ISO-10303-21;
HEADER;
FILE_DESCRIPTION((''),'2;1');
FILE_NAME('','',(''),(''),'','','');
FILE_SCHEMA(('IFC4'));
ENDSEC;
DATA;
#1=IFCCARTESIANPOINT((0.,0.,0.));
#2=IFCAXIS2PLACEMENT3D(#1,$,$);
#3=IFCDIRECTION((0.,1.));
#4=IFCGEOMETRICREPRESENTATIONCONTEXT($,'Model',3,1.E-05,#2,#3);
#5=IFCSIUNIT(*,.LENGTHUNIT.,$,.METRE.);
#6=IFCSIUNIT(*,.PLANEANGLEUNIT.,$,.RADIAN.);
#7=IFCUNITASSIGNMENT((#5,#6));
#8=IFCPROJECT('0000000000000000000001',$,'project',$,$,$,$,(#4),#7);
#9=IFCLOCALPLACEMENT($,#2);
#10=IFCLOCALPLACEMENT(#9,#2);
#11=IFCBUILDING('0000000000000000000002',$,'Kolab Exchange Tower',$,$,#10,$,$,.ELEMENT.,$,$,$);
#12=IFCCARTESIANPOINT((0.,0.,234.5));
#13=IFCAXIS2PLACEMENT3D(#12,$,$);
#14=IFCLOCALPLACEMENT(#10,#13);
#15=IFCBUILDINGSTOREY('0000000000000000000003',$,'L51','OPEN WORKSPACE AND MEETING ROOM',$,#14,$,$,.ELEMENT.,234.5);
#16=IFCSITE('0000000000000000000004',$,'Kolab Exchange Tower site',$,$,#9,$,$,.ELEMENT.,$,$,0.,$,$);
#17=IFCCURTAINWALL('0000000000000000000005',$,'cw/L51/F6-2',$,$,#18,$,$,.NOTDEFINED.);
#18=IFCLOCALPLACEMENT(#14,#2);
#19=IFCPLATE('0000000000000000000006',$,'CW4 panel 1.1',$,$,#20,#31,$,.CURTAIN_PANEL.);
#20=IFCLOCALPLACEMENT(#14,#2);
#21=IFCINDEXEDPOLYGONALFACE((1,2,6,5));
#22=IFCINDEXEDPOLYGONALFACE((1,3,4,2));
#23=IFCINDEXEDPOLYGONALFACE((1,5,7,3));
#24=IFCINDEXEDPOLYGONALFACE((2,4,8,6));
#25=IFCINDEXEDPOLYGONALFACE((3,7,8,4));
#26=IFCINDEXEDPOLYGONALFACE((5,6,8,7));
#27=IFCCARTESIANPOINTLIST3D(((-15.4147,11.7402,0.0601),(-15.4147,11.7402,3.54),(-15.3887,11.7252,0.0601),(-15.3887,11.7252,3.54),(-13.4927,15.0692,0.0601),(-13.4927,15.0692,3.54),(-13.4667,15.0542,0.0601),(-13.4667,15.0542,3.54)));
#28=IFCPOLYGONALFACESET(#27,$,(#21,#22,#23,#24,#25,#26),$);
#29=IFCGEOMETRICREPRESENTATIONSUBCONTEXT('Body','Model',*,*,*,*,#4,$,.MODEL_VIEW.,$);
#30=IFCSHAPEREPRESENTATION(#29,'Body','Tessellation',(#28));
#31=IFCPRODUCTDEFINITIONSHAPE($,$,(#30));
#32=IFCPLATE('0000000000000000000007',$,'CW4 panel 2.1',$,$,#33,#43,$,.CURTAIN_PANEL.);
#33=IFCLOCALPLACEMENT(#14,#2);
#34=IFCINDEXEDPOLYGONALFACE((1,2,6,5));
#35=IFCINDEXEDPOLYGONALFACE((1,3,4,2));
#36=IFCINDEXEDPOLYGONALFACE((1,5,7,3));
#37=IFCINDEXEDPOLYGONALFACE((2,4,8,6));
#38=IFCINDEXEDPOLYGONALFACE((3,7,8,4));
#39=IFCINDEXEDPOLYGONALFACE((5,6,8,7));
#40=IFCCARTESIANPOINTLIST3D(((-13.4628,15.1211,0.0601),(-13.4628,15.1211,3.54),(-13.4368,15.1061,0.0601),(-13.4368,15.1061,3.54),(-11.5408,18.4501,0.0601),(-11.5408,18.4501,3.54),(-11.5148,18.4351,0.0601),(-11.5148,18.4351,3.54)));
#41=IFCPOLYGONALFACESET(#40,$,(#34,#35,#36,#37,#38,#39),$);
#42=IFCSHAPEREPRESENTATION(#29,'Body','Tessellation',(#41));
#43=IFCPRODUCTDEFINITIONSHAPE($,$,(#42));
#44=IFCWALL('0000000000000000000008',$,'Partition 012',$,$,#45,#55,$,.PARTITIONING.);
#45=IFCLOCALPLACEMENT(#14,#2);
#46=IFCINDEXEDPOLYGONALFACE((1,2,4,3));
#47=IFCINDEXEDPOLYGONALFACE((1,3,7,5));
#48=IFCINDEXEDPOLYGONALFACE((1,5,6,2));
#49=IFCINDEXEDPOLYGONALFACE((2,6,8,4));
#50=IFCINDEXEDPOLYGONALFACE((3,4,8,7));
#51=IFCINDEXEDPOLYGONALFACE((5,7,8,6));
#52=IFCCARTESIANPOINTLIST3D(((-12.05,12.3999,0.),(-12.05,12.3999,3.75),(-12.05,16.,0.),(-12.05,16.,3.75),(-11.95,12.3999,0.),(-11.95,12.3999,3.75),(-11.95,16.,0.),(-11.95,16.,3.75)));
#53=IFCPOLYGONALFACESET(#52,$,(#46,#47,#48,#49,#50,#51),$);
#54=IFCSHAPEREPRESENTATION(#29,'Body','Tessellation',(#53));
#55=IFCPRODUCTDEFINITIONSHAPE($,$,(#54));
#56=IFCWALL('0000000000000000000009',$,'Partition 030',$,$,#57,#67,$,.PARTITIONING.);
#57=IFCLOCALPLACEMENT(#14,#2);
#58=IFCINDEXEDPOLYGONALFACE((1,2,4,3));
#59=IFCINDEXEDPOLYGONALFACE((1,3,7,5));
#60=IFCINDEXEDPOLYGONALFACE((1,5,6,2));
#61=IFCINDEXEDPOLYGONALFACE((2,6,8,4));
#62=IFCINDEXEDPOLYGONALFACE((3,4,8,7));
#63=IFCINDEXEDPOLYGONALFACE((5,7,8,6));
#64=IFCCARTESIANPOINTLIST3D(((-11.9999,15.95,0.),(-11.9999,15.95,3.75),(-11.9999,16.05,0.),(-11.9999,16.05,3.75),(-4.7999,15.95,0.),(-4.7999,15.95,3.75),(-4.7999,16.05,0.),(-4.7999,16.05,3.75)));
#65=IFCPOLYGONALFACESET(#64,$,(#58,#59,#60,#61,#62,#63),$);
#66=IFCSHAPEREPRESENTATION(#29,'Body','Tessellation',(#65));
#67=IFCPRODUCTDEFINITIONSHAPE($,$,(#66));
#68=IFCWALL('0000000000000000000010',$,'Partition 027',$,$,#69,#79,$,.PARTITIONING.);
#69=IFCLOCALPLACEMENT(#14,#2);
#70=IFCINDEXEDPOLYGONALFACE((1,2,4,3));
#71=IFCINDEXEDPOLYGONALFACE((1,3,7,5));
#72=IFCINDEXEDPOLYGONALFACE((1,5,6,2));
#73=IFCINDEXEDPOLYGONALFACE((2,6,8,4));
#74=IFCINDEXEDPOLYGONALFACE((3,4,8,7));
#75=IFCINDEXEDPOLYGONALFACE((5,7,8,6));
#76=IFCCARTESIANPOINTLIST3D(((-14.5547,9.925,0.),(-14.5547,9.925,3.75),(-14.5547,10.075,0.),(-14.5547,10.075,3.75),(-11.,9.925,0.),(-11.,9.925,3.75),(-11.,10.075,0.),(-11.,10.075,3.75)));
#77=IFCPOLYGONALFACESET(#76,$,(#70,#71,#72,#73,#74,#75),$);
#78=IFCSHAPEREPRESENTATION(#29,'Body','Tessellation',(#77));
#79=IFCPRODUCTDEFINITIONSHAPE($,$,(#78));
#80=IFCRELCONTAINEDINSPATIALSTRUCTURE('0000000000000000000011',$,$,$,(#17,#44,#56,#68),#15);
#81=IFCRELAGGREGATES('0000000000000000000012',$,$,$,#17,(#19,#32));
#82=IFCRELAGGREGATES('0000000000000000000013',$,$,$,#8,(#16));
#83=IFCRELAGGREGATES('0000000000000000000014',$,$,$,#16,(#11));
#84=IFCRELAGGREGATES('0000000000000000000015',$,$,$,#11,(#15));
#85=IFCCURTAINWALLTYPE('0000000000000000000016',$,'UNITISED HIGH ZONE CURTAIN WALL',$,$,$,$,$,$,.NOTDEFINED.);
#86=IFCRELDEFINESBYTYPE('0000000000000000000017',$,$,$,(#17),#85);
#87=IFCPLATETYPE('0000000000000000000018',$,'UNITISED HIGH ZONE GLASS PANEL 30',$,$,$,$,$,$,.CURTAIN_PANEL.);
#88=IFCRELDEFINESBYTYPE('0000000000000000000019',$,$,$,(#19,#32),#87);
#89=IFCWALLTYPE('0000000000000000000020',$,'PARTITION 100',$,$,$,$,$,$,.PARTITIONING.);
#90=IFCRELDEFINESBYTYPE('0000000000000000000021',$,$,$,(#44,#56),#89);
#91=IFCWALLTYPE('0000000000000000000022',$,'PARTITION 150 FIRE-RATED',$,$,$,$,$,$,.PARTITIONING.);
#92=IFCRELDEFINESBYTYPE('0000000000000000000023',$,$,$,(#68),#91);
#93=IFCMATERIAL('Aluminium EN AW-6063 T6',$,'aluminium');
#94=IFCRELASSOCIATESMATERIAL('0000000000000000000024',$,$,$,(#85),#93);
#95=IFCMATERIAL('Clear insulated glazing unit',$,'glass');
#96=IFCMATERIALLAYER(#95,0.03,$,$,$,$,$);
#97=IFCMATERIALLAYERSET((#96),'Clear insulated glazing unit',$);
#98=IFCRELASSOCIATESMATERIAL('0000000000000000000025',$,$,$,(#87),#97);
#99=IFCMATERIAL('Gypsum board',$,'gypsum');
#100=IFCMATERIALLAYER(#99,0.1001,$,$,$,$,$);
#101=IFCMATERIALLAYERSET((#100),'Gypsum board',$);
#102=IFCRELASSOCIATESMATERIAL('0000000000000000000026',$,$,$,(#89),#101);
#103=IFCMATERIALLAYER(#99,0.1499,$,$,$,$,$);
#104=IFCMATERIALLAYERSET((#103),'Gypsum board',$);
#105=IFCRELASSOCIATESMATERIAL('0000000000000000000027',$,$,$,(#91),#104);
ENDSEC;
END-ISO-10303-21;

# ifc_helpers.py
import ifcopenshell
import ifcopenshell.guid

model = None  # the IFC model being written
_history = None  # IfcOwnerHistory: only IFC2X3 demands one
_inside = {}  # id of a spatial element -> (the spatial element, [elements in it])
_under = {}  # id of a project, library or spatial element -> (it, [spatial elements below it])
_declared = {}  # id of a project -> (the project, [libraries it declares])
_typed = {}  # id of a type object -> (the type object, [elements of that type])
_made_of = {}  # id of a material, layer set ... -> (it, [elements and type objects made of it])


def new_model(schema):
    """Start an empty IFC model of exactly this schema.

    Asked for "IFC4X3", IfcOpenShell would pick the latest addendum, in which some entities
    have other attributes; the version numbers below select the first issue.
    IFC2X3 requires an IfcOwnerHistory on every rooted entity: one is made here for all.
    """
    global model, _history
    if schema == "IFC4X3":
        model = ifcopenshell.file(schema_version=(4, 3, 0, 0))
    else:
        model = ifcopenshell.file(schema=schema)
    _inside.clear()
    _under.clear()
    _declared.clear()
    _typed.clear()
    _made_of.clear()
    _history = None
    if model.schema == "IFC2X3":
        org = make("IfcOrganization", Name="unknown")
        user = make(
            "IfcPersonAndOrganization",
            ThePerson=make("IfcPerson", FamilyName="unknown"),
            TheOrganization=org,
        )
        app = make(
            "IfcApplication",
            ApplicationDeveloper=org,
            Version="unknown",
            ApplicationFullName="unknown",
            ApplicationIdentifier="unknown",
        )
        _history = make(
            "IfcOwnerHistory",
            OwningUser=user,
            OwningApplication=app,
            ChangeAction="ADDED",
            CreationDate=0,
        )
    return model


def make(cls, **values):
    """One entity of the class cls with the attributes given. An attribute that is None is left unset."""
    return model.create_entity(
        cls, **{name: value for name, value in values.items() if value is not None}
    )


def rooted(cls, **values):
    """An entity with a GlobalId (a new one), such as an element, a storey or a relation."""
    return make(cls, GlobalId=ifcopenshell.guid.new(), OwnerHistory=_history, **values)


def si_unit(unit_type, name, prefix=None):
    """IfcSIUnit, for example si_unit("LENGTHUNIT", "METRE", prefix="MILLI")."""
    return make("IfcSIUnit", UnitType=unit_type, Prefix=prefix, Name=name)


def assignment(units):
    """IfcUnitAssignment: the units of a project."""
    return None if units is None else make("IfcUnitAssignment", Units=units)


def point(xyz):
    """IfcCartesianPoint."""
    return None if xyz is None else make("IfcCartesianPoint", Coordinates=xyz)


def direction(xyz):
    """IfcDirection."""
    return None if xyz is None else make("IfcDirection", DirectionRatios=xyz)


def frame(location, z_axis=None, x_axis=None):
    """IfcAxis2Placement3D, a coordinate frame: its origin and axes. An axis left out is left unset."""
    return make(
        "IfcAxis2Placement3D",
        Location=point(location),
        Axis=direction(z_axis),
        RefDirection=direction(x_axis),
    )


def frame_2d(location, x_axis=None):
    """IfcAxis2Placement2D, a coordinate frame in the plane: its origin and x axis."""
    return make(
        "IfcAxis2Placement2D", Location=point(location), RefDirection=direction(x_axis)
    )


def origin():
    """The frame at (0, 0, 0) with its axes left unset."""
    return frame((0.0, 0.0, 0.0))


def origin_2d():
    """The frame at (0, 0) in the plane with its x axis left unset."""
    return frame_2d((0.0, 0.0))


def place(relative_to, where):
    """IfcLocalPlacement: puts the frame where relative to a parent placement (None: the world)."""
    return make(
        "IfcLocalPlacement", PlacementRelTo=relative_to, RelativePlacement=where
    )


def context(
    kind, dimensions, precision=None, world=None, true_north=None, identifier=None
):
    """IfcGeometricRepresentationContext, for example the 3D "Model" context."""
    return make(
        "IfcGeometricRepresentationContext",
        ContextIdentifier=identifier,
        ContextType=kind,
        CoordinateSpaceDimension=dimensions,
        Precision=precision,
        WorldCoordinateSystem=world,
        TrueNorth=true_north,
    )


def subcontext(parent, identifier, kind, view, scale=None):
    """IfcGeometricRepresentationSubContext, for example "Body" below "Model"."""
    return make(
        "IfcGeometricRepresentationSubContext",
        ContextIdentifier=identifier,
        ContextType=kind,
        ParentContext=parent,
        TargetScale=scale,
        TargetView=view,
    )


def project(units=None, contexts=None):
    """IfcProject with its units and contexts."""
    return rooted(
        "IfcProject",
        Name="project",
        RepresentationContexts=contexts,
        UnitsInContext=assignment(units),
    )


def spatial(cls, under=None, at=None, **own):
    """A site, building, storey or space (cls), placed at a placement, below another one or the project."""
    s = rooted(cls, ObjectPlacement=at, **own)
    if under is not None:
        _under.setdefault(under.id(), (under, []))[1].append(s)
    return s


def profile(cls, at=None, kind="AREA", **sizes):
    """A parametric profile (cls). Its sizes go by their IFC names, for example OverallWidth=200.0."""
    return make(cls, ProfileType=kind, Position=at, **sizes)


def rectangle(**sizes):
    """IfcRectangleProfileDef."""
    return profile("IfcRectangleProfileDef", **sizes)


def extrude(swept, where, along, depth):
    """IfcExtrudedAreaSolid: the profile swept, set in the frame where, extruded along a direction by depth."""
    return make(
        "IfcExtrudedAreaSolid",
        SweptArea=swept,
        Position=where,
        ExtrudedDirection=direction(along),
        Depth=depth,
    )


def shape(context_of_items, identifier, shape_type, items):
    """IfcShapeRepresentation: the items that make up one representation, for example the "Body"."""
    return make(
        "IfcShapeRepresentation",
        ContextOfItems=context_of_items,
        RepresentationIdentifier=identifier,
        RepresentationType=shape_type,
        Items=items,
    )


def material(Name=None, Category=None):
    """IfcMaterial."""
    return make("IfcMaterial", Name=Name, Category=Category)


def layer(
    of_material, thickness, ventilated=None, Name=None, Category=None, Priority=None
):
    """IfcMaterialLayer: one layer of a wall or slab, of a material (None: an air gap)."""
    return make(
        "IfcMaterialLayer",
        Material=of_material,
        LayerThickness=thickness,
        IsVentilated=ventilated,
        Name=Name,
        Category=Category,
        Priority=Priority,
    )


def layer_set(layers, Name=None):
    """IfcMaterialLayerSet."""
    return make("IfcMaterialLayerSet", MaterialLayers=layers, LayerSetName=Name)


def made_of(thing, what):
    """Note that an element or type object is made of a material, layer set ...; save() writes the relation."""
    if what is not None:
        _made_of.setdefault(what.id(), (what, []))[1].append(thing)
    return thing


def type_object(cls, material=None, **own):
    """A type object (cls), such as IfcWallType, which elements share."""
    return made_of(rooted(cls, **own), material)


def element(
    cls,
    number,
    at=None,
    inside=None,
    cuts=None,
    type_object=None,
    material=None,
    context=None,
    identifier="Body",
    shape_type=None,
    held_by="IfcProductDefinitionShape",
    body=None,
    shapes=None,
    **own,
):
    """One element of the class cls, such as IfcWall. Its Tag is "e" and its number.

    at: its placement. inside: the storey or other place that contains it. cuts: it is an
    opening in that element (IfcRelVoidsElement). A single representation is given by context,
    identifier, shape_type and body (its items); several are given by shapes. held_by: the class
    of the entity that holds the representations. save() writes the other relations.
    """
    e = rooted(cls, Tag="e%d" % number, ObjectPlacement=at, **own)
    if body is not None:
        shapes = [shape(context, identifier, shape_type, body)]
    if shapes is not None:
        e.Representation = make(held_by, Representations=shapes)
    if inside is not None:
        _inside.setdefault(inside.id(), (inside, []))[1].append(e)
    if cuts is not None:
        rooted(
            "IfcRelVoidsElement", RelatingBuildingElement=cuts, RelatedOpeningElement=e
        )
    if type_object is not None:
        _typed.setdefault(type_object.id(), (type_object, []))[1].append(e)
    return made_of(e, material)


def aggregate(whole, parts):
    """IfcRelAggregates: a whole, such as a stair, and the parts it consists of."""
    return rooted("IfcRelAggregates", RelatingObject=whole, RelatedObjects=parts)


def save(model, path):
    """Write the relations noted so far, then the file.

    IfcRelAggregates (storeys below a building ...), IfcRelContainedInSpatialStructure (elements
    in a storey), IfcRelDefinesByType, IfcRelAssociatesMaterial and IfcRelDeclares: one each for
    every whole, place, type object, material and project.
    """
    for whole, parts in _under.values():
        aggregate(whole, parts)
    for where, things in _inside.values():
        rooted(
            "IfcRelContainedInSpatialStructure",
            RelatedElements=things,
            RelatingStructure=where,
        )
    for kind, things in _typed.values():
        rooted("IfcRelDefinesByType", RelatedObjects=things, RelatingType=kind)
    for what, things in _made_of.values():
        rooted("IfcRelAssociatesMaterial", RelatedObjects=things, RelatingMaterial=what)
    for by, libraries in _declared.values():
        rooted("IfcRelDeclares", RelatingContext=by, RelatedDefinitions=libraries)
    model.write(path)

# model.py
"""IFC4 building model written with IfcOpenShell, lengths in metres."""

from ifc_helpers import new_model, si_unit, direction, frame, frame_2d, origin, origin_2d, place, context, subcontext, project, spatial, rectangle, extrude, material, layer, layer_set, type_object, element, aggregate, save


model = new_model("IFC4")

# Units and contexts
model_context = context("Model", 3, precision=1e-05, world=origin(), true_north=direction((0.0, 1.0)))
body_context = subcontext(model_context, "Body", "Model", "MODEL_VIEW")
ifc_project = project(units=[si_unit("LENGTHUNIT", "METRE"), si_unit("PLANEANGLEUNIT", "RADIAN")], contexts=[model_context])

# Site, building, storey
site_placement = place(None, origin())
site = spatial("IfcSite", under=ifc_project, at=site_placement, Name="Kolab Exchange Tower site", CompositionType="ELEMENT", RefElevation=0.0)
building_placement = place(site_placement, origin())
building = spatial("IfcBuilding", under=site, at=building_placement, Name="Kolab Exchange Tower", CompositionType="ELEMENT")
storey_placement = place(building_placement, frame((0.0, 0.0, 234.5)))
storey = spatial("IfcBuildingStorey", under=building, at=storey_placement, Name="L51", Description="OPEN WORKSPACE AND MEETING ROOM", CompositionType="ELEMENT", Elevation=234.5)

# Curtain wall, plates
ifc_material_1 = material(Name="Aluminium EN AW-6063 T6", Category="aluminium")
curtain_wall_type = type_object("IfcCurtainWallType", Name="UNITISED HIGH ZONE CURTAIN WALL", PredefinedType="NOTDEFINED", material=ifc_material_1)
curtain_wall_placement = place(storey_placement, origin())
curtain_wall = element("IfcCurtainWall", 1, at=curtain_wall_placement, inside=storey, type_object=curtain_wall_type, Name="cw/L51/F6-2", PredefinedType="NOTDEFINED")
ifc_material_2 = material(Name="Clear insulated glazing unit", Category="glass")
ifc_layer_1 = layer(ifc_material_2, 0.03)
ifc_layer_set_1 = layer_set([ifc_layer_1], Name="Clear insulated glazing unit")
plate_type = type_object("IfcPlateType", Name="UNITISED HIGH ZONE GLASS PANEL 30", PredefinedType="CURTAIN_PANEL", material=ifc_layer_set_1)
plate_1_placement = place(storey_placement, frame((-14.4407, 13.3972, 0.0601), z_axis=(0.0, 0.0, 1.0), x_axis=(0.5, 0.866025, 0.0)))
plate_1 = element("IfcPlate", 2, at=plate_1_placement, type_object=plate_type, Name="CW4 panel 1.1", PredefinedType="CURTAIN_PANEL", context=body_context, shape_type="SweptSolid", body=[
    extrude(rectangle(XDim=3.844, YDim=0.03, at=origin_2d()), origin(), (0.0, 0.0, 1.0), 3.48),
])
plate_2_placement = place(storey_placement, frame((-12.4888, 16.7781, 0.0601), z_axis=(0.0, 0.0, 1.0), x_axis=(0.5, 0.866025, 0.0)))
plate_2 = element("IfcPlate", 3, at=plate_2_placement, type_object=plate_type, Name="CW4 panel 2.1", PredefinedType="CURTAIN_PANEL", context=body_context, shape_type="SweptSolid", body=[
    extrude(rectangle(XDim=3.844, YDim=0.03, at=origin_2d()), origin(), (0.0, 0.0, 1.0), 3.48),
])
aggregate(curtain_wall, [plate_1, plate_2])

# Walls
ifc_material_3 = material(Name="Gypsum board", Category="gypsum")
ifc_layer_2 = layer(ifc_material_3, 0.1001)
ifc_layer_set_2 = layer_set([ifc_layer_2], Name="Gypsum board")
wall_type_1 = type_object("IfcWallType", Name="PARTITION 100", PredefinedType="PARTITIONING", material=ifc_layer_set_2)
wall_1_placement = place(storey_placement, frame((-12.0, 12.3999, 0.0), z_axis=(0.0, 0.0, 1.0), x_axis=(0.0, 1.0, 0.0)))
element("IfcWall", 4, at=wall_1_placement, inside=storey, type_object=wall_type_1, Name="Partition 012", PredefinedType="PARTITIONING", context=body_context, shape_type="SweptSolid", body=[
    extrude(rectangle(XDim=3.6001, YDim=0.1001, at=frame_2d((1.8, 0.0))), origin(), (0.0, 0.0, 1.0), 3.75),
])
wall_2_placement = place(storey_placement, frame((-12.0, 16.0, 0.0), z_axis=(0.0, 0.0, 1.0), x_axis=(1.0, 0.0, 0.0)))
element("IfcWall", 5, at=wall_2_placement, inside=storey, type_object=wall_type_1, Name="Partition 030", PredefinedType="PARTITIONING", context=body_context, shape_type="SweptSolid", body=[
    extrude(rectangle(XDim=7.2, YDim=0.1001, at=frame_2d((3.6001, 0.0))), origin(), (0.0, 0.0, 1.0), 3.75),
])
ifc_layer_3 = layer(ifc_material_3, 0.1499)
ifc_layer_set_3 = layer_set([ifc_layer_3], Name="Gypsum board")
wall_type_2 = type_object("IfcWallType", Name="PARTITION 150 FIRE-RATED", PredefinedType="PARTITIONING", material=ifc_layer_set_3)
wall_3_placement = place(storey_placement, frame((-14.5547, 10.0, 0.0), z_axis=(0.0, 0.0, 1.0), x_axis=(1.0, 0.0, 0.0)))
element("IfcWall", 6, at=wall_3_placement, inside=storey, type_object=wall_type_2, Name="Partition 027", PredefinedType="PARTITIONING", context=body_context, shape_type="SweptSolid", body=[
    extrude(rectangle(XDim=3.5547, YDim=0.1499, at=frame_2d((1.7773, 0.0))), origin(), (0.0, 0.0, 1.0), 3.75),
])

save(model, "model.ifc")
